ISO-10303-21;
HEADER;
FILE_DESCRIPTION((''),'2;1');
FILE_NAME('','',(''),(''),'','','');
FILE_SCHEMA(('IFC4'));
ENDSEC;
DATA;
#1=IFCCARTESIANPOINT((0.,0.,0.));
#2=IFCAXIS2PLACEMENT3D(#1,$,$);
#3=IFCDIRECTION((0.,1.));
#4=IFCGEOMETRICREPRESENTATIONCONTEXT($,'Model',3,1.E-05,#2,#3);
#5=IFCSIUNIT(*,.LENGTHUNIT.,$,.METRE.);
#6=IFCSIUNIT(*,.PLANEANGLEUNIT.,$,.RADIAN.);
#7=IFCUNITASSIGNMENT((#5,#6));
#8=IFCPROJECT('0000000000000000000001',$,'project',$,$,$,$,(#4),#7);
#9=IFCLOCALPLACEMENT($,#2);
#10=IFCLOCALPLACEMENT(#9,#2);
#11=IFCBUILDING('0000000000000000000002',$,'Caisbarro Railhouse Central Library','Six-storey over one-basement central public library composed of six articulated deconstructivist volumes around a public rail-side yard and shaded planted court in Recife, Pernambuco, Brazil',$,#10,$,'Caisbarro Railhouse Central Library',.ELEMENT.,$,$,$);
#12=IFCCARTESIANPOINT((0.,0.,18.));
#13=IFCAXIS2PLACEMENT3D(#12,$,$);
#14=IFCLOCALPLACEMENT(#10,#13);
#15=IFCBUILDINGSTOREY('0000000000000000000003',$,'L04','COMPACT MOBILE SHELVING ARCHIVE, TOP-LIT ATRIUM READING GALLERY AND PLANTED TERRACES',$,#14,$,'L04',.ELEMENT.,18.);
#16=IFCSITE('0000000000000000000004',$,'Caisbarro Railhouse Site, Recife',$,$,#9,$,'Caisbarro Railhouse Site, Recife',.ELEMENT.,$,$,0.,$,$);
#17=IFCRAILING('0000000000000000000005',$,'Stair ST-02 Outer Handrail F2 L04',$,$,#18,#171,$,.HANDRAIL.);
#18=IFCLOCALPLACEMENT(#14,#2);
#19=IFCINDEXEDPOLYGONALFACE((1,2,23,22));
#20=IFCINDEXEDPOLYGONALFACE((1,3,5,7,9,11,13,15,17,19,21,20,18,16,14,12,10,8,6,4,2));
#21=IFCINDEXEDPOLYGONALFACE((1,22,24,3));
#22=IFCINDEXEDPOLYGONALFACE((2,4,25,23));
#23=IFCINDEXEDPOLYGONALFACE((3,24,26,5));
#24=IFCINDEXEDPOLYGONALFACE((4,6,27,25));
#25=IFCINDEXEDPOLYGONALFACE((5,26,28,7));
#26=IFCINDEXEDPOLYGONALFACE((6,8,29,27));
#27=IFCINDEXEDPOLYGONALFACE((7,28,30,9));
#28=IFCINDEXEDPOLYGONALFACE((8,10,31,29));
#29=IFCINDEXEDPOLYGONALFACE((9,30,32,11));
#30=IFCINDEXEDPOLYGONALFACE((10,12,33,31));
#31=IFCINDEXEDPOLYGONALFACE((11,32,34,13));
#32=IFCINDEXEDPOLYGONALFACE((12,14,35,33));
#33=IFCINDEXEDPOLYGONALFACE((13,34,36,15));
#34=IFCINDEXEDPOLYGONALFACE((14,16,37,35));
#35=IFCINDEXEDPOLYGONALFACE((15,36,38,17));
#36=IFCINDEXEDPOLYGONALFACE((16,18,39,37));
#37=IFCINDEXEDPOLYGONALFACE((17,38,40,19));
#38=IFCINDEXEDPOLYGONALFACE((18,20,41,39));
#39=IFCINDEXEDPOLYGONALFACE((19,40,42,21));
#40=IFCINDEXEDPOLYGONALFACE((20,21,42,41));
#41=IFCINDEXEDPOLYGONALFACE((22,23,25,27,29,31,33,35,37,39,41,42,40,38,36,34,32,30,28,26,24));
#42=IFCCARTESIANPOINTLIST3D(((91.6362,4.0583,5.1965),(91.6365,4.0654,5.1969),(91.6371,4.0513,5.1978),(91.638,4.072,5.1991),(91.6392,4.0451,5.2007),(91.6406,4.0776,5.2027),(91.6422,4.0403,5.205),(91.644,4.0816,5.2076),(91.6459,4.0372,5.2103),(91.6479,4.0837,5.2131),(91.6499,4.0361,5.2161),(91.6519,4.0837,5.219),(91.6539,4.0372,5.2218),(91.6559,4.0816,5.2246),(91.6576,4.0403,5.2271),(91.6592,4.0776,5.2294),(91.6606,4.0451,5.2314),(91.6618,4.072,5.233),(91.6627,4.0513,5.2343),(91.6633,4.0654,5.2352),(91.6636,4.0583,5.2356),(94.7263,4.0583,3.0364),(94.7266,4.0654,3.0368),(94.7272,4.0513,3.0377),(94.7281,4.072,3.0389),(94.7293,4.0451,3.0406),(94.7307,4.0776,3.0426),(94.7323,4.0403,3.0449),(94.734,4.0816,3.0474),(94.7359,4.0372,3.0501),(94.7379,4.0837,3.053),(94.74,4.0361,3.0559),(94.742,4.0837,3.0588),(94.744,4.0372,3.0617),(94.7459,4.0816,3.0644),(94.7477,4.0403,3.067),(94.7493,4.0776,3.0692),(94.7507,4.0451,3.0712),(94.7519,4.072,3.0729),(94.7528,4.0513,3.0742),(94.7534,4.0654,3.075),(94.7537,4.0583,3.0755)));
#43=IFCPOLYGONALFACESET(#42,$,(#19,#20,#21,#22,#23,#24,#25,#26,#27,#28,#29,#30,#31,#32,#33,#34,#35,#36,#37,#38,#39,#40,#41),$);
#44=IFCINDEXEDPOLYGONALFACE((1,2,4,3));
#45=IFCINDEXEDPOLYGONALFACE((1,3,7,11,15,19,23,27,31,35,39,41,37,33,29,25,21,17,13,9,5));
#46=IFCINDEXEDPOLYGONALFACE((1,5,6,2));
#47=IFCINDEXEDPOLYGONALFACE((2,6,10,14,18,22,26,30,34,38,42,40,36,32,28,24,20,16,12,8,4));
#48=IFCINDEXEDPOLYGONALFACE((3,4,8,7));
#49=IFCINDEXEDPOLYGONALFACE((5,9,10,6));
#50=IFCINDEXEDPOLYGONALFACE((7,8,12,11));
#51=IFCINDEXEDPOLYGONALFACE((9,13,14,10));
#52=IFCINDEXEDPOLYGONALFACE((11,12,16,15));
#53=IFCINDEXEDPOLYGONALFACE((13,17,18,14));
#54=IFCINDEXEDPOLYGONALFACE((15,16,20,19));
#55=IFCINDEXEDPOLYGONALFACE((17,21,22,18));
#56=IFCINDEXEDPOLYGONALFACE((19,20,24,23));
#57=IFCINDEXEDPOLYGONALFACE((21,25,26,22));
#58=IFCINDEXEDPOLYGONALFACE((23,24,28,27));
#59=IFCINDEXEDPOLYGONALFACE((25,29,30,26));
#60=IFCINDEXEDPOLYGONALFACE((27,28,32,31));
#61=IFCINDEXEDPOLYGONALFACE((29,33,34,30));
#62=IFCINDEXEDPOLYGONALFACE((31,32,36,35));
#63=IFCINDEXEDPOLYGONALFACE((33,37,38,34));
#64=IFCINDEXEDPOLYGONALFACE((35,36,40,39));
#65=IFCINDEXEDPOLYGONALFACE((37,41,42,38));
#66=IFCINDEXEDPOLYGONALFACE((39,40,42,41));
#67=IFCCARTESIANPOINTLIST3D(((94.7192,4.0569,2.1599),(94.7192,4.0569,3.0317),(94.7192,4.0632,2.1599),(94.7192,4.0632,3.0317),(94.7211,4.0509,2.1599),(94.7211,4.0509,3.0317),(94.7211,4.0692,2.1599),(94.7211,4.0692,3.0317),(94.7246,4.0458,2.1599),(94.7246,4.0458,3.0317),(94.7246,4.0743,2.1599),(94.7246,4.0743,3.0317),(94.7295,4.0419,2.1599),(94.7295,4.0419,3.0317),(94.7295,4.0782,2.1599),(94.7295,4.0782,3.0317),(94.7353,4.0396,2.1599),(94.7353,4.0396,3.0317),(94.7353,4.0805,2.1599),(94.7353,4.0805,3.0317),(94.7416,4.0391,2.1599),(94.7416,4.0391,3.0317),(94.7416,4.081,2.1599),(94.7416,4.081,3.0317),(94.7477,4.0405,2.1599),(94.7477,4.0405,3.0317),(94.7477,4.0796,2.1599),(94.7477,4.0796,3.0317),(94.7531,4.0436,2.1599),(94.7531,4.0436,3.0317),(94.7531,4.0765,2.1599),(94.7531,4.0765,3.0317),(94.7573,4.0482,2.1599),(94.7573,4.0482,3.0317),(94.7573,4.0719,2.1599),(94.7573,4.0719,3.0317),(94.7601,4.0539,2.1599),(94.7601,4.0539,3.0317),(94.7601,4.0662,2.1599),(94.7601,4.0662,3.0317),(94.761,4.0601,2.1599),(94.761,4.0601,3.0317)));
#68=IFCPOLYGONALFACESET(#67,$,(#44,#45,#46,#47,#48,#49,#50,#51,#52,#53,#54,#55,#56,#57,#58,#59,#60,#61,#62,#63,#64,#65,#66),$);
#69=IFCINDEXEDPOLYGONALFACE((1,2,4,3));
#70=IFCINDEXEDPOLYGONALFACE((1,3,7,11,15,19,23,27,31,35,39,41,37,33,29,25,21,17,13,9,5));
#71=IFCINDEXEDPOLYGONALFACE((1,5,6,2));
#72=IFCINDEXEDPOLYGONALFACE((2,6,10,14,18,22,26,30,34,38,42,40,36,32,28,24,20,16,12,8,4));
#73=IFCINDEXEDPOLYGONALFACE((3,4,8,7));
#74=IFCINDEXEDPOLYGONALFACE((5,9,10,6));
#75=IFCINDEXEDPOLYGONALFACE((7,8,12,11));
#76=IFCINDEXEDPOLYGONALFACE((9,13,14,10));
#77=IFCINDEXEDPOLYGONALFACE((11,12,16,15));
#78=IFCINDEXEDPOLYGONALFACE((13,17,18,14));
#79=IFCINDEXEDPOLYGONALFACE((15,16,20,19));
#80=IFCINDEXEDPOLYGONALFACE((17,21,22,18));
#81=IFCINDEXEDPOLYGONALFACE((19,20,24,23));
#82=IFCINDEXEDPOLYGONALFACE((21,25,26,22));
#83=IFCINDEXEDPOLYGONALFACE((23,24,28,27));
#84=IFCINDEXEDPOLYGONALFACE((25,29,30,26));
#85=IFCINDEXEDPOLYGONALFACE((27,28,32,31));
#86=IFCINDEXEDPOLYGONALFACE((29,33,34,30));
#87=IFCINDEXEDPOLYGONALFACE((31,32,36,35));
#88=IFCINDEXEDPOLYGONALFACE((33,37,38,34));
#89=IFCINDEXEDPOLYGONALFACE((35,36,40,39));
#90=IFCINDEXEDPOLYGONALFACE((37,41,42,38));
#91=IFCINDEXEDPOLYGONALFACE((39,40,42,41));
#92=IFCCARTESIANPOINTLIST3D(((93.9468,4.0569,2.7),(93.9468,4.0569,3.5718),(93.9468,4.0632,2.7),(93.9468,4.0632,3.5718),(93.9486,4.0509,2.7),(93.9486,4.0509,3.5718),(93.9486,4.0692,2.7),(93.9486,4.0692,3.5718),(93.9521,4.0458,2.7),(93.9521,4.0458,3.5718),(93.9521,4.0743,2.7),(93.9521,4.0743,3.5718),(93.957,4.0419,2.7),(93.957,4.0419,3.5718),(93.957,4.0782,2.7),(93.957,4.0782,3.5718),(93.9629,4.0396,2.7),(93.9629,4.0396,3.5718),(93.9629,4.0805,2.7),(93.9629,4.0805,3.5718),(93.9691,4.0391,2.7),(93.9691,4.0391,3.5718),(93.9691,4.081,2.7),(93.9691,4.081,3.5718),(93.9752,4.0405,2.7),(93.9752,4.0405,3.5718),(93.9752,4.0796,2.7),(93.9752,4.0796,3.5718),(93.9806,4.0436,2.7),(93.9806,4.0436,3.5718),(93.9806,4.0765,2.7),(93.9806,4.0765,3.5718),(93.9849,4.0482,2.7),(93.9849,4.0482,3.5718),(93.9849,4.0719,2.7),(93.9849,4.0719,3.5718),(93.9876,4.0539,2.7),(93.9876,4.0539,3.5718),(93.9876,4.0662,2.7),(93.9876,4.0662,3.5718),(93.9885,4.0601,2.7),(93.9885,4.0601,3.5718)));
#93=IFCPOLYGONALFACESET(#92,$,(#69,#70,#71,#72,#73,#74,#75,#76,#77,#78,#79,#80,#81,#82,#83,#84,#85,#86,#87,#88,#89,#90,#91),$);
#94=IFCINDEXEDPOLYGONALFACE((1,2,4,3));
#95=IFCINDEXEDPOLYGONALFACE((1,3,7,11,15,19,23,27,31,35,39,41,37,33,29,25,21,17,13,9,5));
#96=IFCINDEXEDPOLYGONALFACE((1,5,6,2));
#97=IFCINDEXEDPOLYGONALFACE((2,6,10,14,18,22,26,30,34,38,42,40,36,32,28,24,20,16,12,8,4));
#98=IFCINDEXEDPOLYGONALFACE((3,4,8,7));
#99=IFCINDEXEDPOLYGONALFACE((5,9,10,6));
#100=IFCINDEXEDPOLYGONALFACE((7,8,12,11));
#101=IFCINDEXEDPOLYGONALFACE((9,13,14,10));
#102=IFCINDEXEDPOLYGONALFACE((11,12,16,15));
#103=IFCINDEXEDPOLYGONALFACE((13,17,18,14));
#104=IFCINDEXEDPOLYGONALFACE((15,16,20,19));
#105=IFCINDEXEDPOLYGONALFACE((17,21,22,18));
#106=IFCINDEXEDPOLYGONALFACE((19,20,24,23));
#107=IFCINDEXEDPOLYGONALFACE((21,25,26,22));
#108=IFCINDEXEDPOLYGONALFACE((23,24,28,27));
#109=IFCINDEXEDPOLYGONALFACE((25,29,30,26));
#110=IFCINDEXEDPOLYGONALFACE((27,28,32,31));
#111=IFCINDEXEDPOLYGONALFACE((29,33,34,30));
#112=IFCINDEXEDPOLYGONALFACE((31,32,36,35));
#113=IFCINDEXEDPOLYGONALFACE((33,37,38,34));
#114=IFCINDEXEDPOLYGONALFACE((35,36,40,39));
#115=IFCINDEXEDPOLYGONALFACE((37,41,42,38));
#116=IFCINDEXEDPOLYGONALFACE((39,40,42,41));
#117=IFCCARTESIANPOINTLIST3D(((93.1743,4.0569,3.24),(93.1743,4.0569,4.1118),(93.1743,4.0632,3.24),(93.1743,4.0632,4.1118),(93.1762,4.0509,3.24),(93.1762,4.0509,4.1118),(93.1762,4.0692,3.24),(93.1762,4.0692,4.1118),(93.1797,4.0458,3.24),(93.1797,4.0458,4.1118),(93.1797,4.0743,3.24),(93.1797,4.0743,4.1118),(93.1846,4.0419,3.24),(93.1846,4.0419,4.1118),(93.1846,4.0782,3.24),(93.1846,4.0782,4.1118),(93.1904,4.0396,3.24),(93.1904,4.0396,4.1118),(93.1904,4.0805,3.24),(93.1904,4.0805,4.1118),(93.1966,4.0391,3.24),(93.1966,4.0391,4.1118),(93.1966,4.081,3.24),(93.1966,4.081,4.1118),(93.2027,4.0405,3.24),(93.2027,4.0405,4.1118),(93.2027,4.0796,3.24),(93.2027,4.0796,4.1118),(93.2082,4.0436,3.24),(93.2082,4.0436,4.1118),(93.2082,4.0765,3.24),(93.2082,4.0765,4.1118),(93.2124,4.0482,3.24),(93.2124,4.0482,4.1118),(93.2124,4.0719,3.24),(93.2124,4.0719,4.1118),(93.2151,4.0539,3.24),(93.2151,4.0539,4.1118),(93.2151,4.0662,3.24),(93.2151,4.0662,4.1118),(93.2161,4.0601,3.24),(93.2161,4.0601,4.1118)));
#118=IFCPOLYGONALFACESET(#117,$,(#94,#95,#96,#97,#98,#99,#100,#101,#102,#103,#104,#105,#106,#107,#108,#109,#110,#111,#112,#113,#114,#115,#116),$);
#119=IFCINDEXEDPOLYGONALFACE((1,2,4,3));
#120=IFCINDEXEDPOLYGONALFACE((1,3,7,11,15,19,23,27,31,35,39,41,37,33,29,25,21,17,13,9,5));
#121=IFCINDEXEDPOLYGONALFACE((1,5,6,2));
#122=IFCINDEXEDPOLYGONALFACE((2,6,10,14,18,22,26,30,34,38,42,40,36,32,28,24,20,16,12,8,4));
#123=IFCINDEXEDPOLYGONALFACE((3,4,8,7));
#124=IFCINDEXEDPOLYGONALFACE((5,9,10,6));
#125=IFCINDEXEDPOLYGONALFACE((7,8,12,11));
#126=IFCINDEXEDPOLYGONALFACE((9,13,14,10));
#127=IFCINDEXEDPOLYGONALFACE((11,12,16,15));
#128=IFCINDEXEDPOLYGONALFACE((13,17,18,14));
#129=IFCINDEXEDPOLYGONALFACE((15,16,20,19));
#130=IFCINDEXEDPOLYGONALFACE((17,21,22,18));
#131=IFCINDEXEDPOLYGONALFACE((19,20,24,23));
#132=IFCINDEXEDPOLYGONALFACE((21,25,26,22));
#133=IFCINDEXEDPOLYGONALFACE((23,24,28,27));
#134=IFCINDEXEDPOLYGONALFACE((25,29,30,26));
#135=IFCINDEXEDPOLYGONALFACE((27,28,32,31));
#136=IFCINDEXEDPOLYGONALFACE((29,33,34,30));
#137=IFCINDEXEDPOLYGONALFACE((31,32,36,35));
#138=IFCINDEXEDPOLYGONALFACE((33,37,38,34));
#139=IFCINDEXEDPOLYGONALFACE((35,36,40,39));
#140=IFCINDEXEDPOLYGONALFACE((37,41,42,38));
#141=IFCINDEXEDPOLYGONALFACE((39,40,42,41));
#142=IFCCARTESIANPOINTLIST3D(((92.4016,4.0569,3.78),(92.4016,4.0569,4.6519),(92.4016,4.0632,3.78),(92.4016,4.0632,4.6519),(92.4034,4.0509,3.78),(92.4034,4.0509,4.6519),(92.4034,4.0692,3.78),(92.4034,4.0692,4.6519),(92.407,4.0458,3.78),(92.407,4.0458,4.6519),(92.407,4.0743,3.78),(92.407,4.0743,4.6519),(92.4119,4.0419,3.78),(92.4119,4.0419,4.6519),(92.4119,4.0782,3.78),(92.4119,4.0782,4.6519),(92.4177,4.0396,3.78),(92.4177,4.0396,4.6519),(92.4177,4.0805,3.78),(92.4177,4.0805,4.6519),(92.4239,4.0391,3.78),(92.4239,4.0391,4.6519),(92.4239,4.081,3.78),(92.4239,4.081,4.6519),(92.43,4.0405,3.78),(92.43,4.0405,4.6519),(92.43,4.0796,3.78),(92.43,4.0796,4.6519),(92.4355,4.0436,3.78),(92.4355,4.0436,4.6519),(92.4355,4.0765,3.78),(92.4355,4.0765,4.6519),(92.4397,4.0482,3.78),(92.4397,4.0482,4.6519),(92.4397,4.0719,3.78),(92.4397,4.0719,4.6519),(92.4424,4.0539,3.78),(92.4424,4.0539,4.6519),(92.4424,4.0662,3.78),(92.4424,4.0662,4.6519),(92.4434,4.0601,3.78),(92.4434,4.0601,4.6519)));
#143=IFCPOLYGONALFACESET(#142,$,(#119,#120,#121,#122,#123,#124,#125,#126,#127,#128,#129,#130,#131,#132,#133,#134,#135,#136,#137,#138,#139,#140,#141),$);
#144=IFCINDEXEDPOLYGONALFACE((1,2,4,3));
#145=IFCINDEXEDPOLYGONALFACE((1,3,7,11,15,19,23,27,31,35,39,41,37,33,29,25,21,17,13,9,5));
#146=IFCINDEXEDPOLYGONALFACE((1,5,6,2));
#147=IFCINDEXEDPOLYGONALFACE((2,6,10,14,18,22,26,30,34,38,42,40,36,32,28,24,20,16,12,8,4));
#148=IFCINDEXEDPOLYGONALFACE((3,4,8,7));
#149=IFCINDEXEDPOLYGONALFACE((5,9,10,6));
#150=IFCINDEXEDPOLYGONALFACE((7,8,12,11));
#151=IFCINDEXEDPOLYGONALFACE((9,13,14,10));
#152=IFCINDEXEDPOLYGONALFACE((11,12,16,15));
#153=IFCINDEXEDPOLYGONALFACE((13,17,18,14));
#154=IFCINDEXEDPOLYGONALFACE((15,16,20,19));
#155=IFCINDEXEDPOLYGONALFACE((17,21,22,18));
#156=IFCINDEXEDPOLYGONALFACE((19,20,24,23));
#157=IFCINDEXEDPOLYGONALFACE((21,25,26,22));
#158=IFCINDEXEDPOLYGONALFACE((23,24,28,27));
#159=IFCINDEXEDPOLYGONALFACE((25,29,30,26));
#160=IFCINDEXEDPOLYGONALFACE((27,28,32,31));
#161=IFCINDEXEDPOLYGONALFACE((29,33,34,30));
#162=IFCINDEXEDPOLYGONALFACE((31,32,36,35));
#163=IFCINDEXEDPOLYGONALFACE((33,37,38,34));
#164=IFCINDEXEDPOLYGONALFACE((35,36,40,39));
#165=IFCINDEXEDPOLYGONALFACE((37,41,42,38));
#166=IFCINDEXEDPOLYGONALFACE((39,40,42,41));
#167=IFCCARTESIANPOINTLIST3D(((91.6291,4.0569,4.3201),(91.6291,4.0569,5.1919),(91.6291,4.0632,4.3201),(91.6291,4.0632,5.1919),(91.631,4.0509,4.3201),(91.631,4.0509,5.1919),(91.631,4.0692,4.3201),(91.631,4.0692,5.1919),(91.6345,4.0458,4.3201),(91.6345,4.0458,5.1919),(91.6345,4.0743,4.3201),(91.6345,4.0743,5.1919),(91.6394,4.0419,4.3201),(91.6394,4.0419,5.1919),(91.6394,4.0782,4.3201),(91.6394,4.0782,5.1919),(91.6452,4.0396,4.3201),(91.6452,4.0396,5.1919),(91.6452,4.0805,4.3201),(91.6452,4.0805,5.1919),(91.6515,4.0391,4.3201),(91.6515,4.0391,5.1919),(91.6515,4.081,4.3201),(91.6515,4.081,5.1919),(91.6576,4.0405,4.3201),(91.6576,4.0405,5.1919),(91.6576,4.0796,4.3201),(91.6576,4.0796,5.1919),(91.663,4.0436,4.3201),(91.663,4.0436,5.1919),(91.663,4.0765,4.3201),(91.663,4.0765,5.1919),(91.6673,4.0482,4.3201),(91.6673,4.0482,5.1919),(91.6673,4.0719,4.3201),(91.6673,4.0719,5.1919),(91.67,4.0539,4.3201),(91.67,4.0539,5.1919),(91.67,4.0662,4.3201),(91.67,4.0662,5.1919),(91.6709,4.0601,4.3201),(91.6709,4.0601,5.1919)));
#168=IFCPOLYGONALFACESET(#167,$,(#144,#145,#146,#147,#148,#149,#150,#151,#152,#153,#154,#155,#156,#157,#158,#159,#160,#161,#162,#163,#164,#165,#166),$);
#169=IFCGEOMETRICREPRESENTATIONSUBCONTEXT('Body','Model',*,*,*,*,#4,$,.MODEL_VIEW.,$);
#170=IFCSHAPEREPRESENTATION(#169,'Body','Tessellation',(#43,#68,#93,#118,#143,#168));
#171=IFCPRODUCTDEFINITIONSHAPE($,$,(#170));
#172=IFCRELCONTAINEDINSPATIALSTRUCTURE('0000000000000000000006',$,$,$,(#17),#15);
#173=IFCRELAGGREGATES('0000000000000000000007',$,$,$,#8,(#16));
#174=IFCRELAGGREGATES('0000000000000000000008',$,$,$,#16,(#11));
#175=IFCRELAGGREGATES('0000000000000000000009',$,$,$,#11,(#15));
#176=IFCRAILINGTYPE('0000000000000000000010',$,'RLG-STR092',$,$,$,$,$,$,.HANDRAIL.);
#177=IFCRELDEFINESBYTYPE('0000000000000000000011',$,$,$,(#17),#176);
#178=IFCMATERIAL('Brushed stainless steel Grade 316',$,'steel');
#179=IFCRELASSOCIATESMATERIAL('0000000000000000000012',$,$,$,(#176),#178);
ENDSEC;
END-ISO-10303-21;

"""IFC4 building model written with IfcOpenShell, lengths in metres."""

from ifc_helpers import new_model, si_unit, direction, frame, origin, origin_2d, place, context, subcontext, project, spatial, circle, extrude, material, type_object, element, save


model = new_model("IFC4")

# Units and contexts
model_context = context("Model", 3, precision=1e-05, world=origin(), true_north=direction((0.0, 1.0)))
body_context = subcontext(model_context, "Body", "Model", "MODEL_VIEW")
ifc_project = project(units=[si_unit("LENGTHUNIT", "METRE"), si_unit("PLANEANGLEUNIT", "RADIAN")], contexts=[model_context])

# Site, building, storey
site_placement = place(None, origin())
site = spatial("IfcSite", under=ifc_project, at=site_placement, Name="Caisbarro Railhouse Site, Recife", LongName="Caisbarro Railhouse Site, Recife", CompositionType="ELEMENT", RefElevation=0.0)
building_placement = place(site_placement, origin())
building = spatial("IfcBuilding", under=site, at=building_placement, Name="Caisbarro Railhouse Central Library", Description="Six-storey over one-basement central public library composed of six articulated deconstructivist volumes around a public rail-side yard and shaded planted court in Recife, Pernambuco, Brazil", LongName="Caisbarro Railhouse Central Library", CompositionType="ELEMENT")
storey_placement = place(building_placement, frame((0.0, 0.0, 18.0)))
storey = spatial("IfcBuildingStorey", under=building, at=storey_placement, Name="L04", Description="COMPACT MOBILE SHELVING ARCHIVE, TOP-LIT ATRIUM READING GALLERY AND PLANTED TERRACES", LongName="L04", CompositionType="ELEMENT", Elevation=18.0)

# Railing
ifc_material_1 = material(Name="Brushed stainless steel Grade 316", Category="steel")
railing_type_1 = type_object("IfcRailingType", Name="RLG-STR092", PredefinedType="HANDRAIL", material=ifc_material_1)
railing_1_placement = place(storey_placement, frame((94.74, 4.0601, 2.1599)))
element("IfcRailing", 1, at=railing_1_placement, inside=storey, type_object=railing_type_1, Name="Stair ST-02 Outer Handrail F2 L04", PredefinedType="HANDRAIL", context=body_context, shape_type="SweptSolid", body=[
    extrude(circle(Radius=0.0239, at=origin_2d()), frame((0.0, 0.0, 0.896), z_axis=(-0.819594, 0.0, 0.572945), x_axis=(0.0, -1.0, 0.0)), (0.0, 0.0, 1.0), 3.7703),
    extrude(circle(Radius=0.021, at=origin_2d()), origin(), (0.0, 0.0, 1.0), 0.8718),
    extrude(circle(Radius=0.021, at=origin_2d()), frame((-0.7725, 0.0, 0.54)), (0.0, 0.0, 1.0), 0.8718),
    extrude(circle(Radius=0.021, at=origin_2d()), frame((-1.5449, 0.0, 1.0801)), (0.0, 0.0, 1.0), 0.8718),
    extrude(circle(Radius=0.021, at=origin_2d()), frame((-2.3176, 0.0, 1.6201)), (0.0, 0.0, 1.0), 0.8718),
    extrude(circle(Radius=0.021, at=origin_2d()), frame((-3.0901, 0.0, 2.1602)), (0.0, 0.0, 1.0), 0.8718),
])

save(model, "model.ifc")
